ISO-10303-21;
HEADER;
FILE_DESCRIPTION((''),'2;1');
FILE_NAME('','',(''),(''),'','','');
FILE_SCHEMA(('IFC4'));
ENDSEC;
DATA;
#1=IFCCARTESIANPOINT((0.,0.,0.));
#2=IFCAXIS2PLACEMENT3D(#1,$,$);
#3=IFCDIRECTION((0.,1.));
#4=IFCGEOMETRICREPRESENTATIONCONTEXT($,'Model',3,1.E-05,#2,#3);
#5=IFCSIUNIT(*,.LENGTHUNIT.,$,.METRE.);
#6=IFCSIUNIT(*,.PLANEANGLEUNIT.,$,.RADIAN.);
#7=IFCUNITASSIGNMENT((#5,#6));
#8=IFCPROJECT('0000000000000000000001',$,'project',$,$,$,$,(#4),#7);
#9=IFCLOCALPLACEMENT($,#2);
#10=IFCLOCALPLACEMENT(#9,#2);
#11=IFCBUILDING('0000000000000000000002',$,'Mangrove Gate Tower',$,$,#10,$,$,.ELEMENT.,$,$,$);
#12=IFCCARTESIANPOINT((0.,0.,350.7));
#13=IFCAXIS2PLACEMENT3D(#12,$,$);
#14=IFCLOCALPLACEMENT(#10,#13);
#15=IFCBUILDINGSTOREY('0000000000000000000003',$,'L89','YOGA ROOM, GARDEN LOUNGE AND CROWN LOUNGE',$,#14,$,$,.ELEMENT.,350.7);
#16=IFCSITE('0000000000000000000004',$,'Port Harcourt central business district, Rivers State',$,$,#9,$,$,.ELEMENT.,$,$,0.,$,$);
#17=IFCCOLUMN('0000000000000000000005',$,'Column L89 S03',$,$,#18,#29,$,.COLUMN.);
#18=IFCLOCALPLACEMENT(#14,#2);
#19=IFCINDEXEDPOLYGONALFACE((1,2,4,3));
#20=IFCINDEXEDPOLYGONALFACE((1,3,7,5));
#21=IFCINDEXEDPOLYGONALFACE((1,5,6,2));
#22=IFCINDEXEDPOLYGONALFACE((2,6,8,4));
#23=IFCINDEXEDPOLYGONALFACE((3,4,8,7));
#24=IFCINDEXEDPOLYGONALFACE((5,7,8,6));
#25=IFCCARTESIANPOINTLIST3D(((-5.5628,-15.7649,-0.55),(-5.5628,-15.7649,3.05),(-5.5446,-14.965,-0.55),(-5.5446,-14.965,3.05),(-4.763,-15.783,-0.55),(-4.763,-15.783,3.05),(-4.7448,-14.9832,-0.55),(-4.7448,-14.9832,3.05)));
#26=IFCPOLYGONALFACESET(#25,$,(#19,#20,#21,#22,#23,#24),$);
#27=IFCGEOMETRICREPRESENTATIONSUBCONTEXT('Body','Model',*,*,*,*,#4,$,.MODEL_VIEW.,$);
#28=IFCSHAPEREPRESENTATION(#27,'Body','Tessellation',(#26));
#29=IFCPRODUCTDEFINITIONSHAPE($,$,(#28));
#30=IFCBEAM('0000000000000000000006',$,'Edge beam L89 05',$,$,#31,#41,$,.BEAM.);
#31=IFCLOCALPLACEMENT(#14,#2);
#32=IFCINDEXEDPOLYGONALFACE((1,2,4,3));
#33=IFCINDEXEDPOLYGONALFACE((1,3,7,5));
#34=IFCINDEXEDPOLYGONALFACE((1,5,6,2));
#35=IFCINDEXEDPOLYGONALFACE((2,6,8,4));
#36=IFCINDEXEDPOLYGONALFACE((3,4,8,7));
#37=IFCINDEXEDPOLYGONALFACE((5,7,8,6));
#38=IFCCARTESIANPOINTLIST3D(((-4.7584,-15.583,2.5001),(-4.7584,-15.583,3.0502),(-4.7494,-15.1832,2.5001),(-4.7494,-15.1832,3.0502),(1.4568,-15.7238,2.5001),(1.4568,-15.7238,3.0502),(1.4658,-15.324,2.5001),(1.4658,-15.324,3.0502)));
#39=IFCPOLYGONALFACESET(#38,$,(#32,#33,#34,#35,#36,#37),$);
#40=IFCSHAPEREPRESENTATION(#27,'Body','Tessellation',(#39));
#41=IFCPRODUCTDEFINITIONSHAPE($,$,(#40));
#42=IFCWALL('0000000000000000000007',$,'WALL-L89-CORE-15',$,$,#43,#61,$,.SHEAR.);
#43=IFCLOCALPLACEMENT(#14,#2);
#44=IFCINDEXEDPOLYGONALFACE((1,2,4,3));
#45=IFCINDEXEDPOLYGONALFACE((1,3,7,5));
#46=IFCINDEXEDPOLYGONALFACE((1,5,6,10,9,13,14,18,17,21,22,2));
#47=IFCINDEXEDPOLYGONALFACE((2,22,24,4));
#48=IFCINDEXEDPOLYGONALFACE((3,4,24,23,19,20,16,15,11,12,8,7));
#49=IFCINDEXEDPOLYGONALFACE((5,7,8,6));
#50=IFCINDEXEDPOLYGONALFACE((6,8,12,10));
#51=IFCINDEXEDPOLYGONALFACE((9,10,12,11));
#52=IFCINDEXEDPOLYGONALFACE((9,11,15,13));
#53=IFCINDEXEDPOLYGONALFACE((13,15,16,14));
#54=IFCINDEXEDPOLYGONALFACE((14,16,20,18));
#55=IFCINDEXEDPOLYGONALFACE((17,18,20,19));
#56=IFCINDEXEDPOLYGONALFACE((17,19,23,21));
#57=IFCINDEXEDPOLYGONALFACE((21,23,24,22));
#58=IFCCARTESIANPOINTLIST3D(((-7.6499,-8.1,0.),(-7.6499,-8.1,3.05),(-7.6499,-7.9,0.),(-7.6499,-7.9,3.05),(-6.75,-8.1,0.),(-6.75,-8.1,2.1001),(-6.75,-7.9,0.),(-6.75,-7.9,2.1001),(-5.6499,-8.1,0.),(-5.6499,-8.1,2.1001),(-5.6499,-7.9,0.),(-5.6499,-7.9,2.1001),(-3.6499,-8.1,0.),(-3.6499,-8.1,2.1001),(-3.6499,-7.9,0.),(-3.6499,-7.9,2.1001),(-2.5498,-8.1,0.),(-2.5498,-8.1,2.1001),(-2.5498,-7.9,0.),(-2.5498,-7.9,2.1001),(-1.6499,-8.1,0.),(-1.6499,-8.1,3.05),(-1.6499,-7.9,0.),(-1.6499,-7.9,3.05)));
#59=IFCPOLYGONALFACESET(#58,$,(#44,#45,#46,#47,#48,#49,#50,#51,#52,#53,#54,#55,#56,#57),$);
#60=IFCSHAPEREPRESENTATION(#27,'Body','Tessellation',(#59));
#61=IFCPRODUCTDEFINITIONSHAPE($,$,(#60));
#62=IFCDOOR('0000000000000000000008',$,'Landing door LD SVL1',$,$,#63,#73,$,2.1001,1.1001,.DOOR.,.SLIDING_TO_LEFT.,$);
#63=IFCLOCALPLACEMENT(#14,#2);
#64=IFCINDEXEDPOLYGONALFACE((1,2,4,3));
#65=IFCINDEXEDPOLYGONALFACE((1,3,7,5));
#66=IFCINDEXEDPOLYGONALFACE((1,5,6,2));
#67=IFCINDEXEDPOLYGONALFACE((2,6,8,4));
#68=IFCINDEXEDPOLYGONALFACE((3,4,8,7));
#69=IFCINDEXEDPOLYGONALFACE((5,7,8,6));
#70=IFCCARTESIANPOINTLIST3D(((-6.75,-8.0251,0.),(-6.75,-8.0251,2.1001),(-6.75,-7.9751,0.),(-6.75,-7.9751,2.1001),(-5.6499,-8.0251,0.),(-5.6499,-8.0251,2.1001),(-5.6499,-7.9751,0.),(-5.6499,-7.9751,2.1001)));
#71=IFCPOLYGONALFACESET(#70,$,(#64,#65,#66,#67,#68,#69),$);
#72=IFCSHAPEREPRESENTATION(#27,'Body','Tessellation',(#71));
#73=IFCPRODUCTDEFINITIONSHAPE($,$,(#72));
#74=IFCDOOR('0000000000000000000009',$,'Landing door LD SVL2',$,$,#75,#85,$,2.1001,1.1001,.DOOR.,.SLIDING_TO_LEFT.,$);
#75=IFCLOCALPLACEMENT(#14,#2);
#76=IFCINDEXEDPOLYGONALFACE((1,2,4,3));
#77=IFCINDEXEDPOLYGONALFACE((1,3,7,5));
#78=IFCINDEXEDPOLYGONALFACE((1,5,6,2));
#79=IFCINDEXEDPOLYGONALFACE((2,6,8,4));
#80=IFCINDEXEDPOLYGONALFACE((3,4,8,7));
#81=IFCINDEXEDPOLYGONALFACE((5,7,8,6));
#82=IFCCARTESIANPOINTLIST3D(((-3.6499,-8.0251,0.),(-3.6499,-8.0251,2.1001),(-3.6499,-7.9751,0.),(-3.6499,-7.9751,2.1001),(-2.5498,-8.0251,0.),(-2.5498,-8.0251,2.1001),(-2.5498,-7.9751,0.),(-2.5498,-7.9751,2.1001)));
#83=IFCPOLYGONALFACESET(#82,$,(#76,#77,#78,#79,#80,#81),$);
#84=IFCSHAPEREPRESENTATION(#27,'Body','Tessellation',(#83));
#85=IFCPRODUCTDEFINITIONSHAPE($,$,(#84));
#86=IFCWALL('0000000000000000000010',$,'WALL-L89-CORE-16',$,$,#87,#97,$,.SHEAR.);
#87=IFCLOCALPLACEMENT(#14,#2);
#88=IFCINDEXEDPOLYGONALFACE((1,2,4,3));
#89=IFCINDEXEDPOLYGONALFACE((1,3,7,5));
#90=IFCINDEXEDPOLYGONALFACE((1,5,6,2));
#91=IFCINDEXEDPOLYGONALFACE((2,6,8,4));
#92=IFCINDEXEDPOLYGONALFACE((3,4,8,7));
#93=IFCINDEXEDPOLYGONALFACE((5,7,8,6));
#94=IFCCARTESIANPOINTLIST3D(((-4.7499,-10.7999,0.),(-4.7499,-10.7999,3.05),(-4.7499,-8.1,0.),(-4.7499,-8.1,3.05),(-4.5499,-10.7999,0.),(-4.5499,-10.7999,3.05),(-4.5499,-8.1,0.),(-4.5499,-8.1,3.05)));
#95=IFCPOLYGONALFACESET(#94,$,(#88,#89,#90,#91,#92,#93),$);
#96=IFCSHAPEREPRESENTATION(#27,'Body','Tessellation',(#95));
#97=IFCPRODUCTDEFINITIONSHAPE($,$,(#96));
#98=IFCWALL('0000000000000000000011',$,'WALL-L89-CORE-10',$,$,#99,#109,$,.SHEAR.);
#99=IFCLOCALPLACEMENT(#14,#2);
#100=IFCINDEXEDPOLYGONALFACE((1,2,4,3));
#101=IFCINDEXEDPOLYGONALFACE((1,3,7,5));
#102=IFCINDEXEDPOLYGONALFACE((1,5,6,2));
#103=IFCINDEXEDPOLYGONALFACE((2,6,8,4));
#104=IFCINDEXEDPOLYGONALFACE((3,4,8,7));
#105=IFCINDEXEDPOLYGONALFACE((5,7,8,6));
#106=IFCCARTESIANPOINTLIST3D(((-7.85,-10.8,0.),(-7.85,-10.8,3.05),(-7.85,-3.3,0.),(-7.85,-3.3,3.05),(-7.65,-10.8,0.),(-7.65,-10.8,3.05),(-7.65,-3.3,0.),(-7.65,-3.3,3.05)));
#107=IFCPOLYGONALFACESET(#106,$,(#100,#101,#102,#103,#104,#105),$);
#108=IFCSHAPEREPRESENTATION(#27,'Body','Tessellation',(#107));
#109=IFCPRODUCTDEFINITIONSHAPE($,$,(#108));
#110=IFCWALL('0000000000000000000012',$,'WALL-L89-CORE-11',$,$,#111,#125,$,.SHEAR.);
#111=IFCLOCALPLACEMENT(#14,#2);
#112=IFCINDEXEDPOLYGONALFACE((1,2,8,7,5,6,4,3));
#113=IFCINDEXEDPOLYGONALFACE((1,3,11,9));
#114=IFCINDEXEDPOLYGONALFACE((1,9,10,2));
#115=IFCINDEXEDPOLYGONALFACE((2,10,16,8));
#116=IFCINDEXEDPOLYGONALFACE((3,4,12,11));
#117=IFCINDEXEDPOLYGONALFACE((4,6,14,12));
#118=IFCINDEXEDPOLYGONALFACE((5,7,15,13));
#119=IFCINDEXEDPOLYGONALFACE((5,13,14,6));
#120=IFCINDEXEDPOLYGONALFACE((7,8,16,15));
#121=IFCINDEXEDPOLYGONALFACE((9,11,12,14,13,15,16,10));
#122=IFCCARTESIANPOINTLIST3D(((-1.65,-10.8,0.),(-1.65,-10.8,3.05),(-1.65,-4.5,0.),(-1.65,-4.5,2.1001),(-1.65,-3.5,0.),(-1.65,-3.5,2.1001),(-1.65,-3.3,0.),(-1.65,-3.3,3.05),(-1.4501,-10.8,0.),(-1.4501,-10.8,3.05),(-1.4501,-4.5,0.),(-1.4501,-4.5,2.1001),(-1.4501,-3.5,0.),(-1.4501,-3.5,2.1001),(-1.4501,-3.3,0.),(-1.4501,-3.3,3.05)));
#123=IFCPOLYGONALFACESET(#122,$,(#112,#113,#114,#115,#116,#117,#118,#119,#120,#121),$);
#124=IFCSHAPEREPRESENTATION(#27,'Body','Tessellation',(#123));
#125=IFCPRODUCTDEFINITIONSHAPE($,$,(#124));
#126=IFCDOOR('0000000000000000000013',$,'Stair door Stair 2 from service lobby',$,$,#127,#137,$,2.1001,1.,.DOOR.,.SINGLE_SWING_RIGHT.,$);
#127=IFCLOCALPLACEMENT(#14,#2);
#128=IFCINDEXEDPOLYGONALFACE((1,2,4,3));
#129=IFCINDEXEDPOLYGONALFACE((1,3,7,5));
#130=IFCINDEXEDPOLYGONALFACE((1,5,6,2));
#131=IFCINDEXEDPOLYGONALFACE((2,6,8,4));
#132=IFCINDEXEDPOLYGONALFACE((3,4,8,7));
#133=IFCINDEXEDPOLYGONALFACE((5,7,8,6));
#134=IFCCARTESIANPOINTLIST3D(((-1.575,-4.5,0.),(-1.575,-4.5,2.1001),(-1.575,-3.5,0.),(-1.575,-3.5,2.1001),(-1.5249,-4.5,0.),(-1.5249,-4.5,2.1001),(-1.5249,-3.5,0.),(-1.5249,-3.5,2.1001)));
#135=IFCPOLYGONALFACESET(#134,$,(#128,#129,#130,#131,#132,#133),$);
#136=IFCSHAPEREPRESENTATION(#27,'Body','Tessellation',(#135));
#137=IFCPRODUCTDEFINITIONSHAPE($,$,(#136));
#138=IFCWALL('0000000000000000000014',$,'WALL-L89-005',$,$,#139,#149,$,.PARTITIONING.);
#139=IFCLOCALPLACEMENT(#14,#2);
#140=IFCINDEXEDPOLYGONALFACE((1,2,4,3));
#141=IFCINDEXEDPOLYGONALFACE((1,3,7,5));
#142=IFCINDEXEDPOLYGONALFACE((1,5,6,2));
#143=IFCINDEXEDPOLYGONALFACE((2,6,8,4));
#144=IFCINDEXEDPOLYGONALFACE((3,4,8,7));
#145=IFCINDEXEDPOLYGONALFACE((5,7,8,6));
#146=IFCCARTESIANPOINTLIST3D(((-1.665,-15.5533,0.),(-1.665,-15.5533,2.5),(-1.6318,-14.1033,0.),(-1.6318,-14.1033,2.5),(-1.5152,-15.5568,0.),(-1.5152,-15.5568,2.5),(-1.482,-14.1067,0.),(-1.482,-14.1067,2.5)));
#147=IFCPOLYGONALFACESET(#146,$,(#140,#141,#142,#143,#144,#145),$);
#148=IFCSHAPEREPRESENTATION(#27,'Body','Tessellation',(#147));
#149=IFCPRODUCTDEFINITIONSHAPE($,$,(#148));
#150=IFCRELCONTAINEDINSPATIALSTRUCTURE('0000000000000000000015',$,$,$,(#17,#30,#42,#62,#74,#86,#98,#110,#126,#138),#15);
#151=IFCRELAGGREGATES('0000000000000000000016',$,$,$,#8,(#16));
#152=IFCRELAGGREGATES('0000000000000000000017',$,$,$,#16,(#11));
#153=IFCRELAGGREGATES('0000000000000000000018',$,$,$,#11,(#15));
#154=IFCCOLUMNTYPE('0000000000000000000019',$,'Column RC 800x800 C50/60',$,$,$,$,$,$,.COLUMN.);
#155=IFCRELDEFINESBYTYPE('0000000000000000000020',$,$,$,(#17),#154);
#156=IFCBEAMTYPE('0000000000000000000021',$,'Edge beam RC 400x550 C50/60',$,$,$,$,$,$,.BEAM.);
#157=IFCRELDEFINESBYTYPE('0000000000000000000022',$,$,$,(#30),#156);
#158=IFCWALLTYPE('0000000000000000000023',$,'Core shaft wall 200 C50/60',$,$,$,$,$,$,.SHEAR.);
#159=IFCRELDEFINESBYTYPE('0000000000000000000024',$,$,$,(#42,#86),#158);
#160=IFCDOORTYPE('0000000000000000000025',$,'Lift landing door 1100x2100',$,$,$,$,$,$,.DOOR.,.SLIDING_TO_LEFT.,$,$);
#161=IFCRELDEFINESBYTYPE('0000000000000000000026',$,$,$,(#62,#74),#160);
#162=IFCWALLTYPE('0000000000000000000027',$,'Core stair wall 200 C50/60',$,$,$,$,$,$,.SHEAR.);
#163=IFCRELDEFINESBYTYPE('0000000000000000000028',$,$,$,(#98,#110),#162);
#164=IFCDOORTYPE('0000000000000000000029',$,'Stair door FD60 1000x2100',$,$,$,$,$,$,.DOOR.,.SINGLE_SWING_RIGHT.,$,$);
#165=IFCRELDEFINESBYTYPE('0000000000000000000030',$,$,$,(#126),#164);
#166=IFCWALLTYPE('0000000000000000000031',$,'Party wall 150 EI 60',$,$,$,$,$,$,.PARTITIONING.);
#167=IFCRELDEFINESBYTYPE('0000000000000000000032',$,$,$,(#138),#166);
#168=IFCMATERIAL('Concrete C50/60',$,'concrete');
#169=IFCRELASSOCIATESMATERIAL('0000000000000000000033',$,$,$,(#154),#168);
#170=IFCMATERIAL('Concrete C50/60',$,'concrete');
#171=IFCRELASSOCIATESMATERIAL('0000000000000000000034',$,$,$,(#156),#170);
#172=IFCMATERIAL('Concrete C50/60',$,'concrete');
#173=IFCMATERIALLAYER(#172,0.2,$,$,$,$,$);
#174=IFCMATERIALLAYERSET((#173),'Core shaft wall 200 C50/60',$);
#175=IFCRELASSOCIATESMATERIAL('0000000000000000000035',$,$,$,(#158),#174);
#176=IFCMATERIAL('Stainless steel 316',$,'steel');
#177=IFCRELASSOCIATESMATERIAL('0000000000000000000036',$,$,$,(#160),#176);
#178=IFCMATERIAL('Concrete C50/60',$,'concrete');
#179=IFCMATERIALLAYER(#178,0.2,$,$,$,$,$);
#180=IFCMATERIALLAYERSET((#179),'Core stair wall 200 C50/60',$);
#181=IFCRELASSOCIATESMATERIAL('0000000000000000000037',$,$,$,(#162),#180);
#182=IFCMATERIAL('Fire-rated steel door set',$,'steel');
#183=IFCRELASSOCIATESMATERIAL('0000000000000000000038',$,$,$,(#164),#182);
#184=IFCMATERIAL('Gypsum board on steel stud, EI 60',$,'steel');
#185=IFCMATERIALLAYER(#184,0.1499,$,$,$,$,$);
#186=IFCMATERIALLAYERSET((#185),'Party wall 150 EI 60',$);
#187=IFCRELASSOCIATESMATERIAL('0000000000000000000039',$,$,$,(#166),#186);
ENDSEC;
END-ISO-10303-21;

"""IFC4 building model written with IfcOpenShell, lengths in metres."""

from ifc_helpers import new_model, si_unit, direction, frame, frame_2d, origin, origin_2d, place, context, subcontext, project, spatial, rectangle, extrude, material, layer, layer_set, material_profile, profile_set, type_object, element, fill, save


model = new_model("IFC4")

# Units and contexts
model_context = context("Model", 3, precision=1e-05, world=origin(), true_north=direction((0.0, 1.0)))
body_context = subcontext(model_context, "Body", "Model", "MODEL_VIEW")
ifc_project = project(units=[si_unit("LENGTHUNIT", "METRE"), si_unit("PLANEANGLEUNIT", "RADIAN")], contexts=[model_context])

# Site, building, storey
site_placement = place(None, origin())
site = spatial("IfcSite", under=ifc_project, at=site_placement, Name="Port Harcourt central business district, Rivers State", CompositionType="ELEMENT", RefElevation=0.0)
building_placement = place(site_placement, origin())
building = spatial("IfcBuilding", under=site, at=building_placement, Name="Mangrove Gate Tower", CompositionType="ELEMENT")
storey_placement = place(building_placement, frame((0.0, 0.0, 350.7)))
storey = spatial("IfcBuildingStorey", under=building, at=storey_placement, Name="L89", Description="YOGA ROOM, GARDEN LOUNGE AND CROWN LOUNGE", CompositionType="ELEMENT", Elevation=350.7)

# Column
ifc_material_1 = material(Name="Concrete C50/60", Category="concrete")
ifc_material_profile_1 = material_profile(ifc_material_1, rectangle(XDim=0.8, YDim=0.8, at=origin_2d()))
ifc_profile_set_1 = profile_set([ifc_material_profile_1], Name="Concrete C50/60")
column_type = type_object("IfcColumnType", Name="Column RC 800x800 C50/60", PredefinedType="COLUMN", material=ifc_profile_set_1)
column_placement = place(storey_placement, frame((-5.1538, -15.374, -0.55), z_axis=(0.0, 0.0, 1.0), x_axis=(0.999742, -0.022731, 0.0)))
element("IfcColumn", 1, at=column_placement, inside=storey, type_object=column_type, Name="Column L89 S03", PredefinedType="COLUMN", context=body_context, shape_type="SweptSolid", body=[
    extrude(rectangle(XDim=0.8, YDim=0.8, at=origin_2d()), origin(), (0.0, 0.0, 1.0), 3.6001),
])

# Beam
ifc_material_2 = material(Name="Concrete C50/60", Category="concrete")
ifc_material_profile_2 = material_profile(ifc_material_2, rectangle(XDim=0.3999, YDim=0.55, at=origin_2d()))
ifc_profile_set_2 = profile_set([ifc_material_profile_2], Name="Concrete C50/60")
beam_type = type_object("IfcBeamType", Name="Edge beam RC 400x550 C50/60", PredefinedType="BEAM", material=ifc_profile_set_2)
beam_placement = place(storey_placement, frame((-4.7539, -15.3831, 2.7751), z_axis=(0.999743, -0.02266, 0.0), x_axis=(0.02266, 0.999743, 0.0)))
element("IfcBeam", 2, at=beam_placement, inside=storey, type_object=beam_type, Name="Edge beam L89 05", PredefinedType="BEAM", context=body_context, shape_type="SweptSolid", body=[
    extrude(rectangle(XDim=0.3999, YDim=0.55, at=origin_2d()), origin(), (0.0, 0.0, 1.0), 6.2168),
])

# Wall, openings, doors
ifc_material_3 = material(Name="Concrete C50/60", Category="concrete")
ifc_layer_1 = layer(ifc_material_3, 0.2)
ifc_layer_set_1 = layer_set([ifc_layer_1], Name="Core shaft wall 200 C50/60")
wall_type_1 = type_object("IfcWallType", Name="Core shaft wall 200 C50/60", PredefinedType="SHEAR", material=ifc_layer_set_1)
wall_1_placement = place(storey_placement, frame((-7.6499, -8.0, 0.0), z_axis=(0.0, 0.0, 1.0), x_axis=(1.0, 0.0, 0.0)))
wall_1 = element("IfcWall", 3, at=wall_1_placement, inside=storey, type_object=wall_type_1, Name="WALL-L89-CORE-15", PredefinedType="SHEAR", context=body_context, shape_type="SweptSolid", body=[
    extrude(rectangle(XDim=6.0, YDim=0.2, at=frame_2d((3.0, 0.0))), origin(), (0.0, 0.0, 1.0), 3.05),
])
opening_1_placement = place(wall_1_placement, frame((0.8999, 0.0, 0.0)))
opening_1 = element("IfcOpeningElement", 4, at=opening_1_placement, cuts=wall_1, PredefinedType="OPENING", context=body_context, shape_type="SweptSolid", body=[
    extrude(rectangle(XDim=1.1001, YDim=2.1001, at=frame_2d((0.55, 1.05))), frame((0.0, 0.1099, 0.0), z_axis=(0.0, -1.0, 0.0), x_axis=(1.0, 0.0, 0.0)), (0.0, 0.0, 1.0), 0.22),
])
opening_2_placement = place(wall_1_placement, frame((4.0, 0.0, 0.0)))
opening_2 = element("IfcOpeningElement", 5, at=opening_2_placement, cuts=wall_1, PredefinedType="OPENING", context=body_context, shape_type="SweptSolid", body=[
    extrude(rectangle(XDim=1.1001, YDim=2.1001, at=frame_2d((0.55, 1.05))), frame((0.0, 0.1099, 0.0), z_axis=(0.0, -1.0, 0.0), x_axis=(1.0, 0.0, 0.0)), (0.0, 0.0, 1.0), 0.22),
])
ifc_material_4 = material(Name="Stainless steel 316", Category="steel")
door_type_1 = type_object("IfcDoorType", Name="Lift landing door 1100x2100", OperationType="SLIDING_TO_LEFT", PredefinedType="DOOR", material=ifc_material_4)
door_1_placement = place(opening_1_placement, origin())
door_1 = element("IfcDoor", 6, at=door_1_placement, inside=storey, type_object=door_type_1, Name="Landing door LD SVL1", OperationType="SLIDING_TO_LEFT", OverallHeight=2.1001, OverallWidth=1.1001, PredefinedType="DOOR", context=body_context, shape_type="SweptSolid", body=[
    extrude(rectangle(XDim=1.1001, YDim=2.1001, at=frame_2d((0.55, 1.05))), frame((0.0, 0.0249, 0.0), z_axis=(0.0, -1.0, 0.0), x_axis=(1.0, 0.0, 0.0)), (0.0, 0.0, 1.0), 0.05),
])
fill(opening_1, door_1)
door_2_placement = place(opening_2_placement, origin())
door_2 = element("IfcDoor", 7, at=door_2_placement, inside=storey, type_object=door_type_1, Name="Landing door LD SVL2", OperationType="SLIDING_TO_LEFT", OverallHeight=2.1001, OverallWidth=1.1001, PredefinedType="DOOR", context=body_context, shape_type="SweptSolid", body=[
    extrude(rectangle(XDim=1.1001, YDim=2.1001, at=frame_2d((0.55, 1.05))), frame((0.0, 0.0249, 0.0), z_axis=(0.0, -1.0, 0.0), x_axis=(1.0, 0.0, 0.0)), (0.0, 0.0, 1.0), 0.05),
])
fill(opening_2, door_2)

# Walls
wall_2_placement = place(storey_placement, frame((-4.6499, -10.8, 0.0), z_axis=(0.0, 0.0, 1.0), x_axis=(0.0, 1.0, 0.0)))
element("IfcWall", 8, at=wall_2_placement, inside=storey, type_object=wall_type_1, Name="WALL-L89-CORE-16", PredefinedType="SHEAR", context=body_context, shape_type="SweptSolid", body=[
    extrude(rectangle(XDim=2.7, YDim=0.2, at=frame_2d((1.3501, 0.0))), origin(), (0.0, 0.0, 1.0), 3.05),
])
ifc_material_5 = material(Name="Concrete C50/60", Category="concrete")
ifc_layer_2 = layer(ifc_material_5, 0.2)
ifc_layer_set_2 = layer_set([ifc_layer_2], Name="Core stair wall 200 C50/60")
wall_type_2 = type_object("IfcWallType", Name="Core stair wall 200 C50/60", PredefinedType="SHEAR", material=ifc_layer_set_2)
wall_3_placement = place(storey_placement, frame((-7.75, -10.8, 0.0), z_axis=(0.0, 0.0, 1.0), x_axis=(0.0, 1.0, 0.0)))
element("IfcWall", 9, at=wall_3_placement, inside=storey, type_object=wall_type_2, Name="WALL-L89-CORE-10", PredefinedType="SHEAR", context=body_context, shape_type="SweptSolid", body=[
    extrude(rectangle(XDim=7.5, YDim=0.2, at=frame_2d((3.75, 0.0))), origin(), (0.0, 0.0, 1.0), 3.05),
])

# Wall, opening, door
wall_4_placement = place(storey_placement, frame((-1.55, -10.8, 0.0), z_axis=(0.0, 0.0, 1.0), x_axis=(0.0, 1.0, 0.0)))
wall_4 = element("IfcWall", 10, at=wall_4_placement, inside=storey, type_object=wall_type_2, Name="WALL-L89-CORE-11", PredefinedType="SHEAR", context=body_context, shape_type="SweptSolid", body=[
    extrude(rectangle(XDim=7.5, YDim=0.2, at=frame_2d((3.75, 0.0))), origin(), (0.0, 0.0, 1.0), 3.05),
])
opening_3_placement = place(wall_4_placement, frame((6.3, 0.0, 0.0)))
opening_3 = element("IfcOpeningElement", 11, at=opening_3_placement, cuts=wall_4, PredefinedType="OPENING", context=body_context, shape_type="SweptSolid", body=[
    extrude(rectangle(XDim=1.0, YDim=2.1001, at=frame_2d((0.5, 1.05))), frame((0.0, 0.1099, 0.0), z_axis=(0.0, -1.0, 0.0), x_axis=(1.0, 0.0, 0.0)), (0.0, 0.0, 1.0), 0.22),
])
ifc_material_6 = material(Name="Fire-rated steel door set", Category="steel")
door_type_2 = type_object("IfcDoorType", Name="Stair door FD60 1000x2100", OperationType="SINGLE_SWING_RIGHT", PredefinedType="DOOR", material=ifc_material_6)
door_3_placement = place(opening_3_placement, origin())
door_3 = element("IfcDoor", 12, at=door_3_placement, inside=storey, type_object=door_type_2, Name="Stair door Stair 2 from service lobby", OperationType="SINGLE_SWING_RIGHT", OverallHeight=2.1001, OverallWidth=1.0, PredefinedType="DOOR", context=body_context, shape_type="SweptSolid", body=[
    extrude(rectangle(XDim=1.0, YDim=2.1001, at=frame_2d((0.5, 1.05))), frame((0.0, 0.0249, 0.0), z_axis=(0.0, -1.0, 0.0), x_axis=(1.0, 0.0, 0.0)), (0.0, 0.0, 1.0), 0.05),
])
fill(opening_3, door_3)

# Wall
ifc_material_7 = material(Name="Gypsum board on steel stud, EI 60", Category="steel")
ifc_layer_3 = layer(ifc_material_7, 0.1499)
ifc_layer_set_3 = layer_set([ifc_layer_3], Name="Party wall 150 EI 60")
wall_type_3 = type_object("IfcWallType", Name="Party wall 150 EI 60", PredefinedType="PARTITIONING", material=ifc_layer_set_3)
wall_5_placement = place(storey_placement, frame((-1.5901, -15.5549, 0.0), z_axis=(0.0, 0.0, 1.0), x_axis=(0.022893, 0.999738, 0.0)))
element("IfcWall", 13, at=wall_5_placement, inside=storey, type_object=wall_type_3, Name="WALL-L89-005", PredefinedType="PARTITIONING", context=body_context, shape_type="SweptSolid", body=[
    extrude(rectangle(XDim=1.4504, YDim=0.1499, at=frame_2d((0.7251, 0.0))), origin(), (0.0, 0.0, 1.0), 2.5),
])

save(model, "model.ifc")
